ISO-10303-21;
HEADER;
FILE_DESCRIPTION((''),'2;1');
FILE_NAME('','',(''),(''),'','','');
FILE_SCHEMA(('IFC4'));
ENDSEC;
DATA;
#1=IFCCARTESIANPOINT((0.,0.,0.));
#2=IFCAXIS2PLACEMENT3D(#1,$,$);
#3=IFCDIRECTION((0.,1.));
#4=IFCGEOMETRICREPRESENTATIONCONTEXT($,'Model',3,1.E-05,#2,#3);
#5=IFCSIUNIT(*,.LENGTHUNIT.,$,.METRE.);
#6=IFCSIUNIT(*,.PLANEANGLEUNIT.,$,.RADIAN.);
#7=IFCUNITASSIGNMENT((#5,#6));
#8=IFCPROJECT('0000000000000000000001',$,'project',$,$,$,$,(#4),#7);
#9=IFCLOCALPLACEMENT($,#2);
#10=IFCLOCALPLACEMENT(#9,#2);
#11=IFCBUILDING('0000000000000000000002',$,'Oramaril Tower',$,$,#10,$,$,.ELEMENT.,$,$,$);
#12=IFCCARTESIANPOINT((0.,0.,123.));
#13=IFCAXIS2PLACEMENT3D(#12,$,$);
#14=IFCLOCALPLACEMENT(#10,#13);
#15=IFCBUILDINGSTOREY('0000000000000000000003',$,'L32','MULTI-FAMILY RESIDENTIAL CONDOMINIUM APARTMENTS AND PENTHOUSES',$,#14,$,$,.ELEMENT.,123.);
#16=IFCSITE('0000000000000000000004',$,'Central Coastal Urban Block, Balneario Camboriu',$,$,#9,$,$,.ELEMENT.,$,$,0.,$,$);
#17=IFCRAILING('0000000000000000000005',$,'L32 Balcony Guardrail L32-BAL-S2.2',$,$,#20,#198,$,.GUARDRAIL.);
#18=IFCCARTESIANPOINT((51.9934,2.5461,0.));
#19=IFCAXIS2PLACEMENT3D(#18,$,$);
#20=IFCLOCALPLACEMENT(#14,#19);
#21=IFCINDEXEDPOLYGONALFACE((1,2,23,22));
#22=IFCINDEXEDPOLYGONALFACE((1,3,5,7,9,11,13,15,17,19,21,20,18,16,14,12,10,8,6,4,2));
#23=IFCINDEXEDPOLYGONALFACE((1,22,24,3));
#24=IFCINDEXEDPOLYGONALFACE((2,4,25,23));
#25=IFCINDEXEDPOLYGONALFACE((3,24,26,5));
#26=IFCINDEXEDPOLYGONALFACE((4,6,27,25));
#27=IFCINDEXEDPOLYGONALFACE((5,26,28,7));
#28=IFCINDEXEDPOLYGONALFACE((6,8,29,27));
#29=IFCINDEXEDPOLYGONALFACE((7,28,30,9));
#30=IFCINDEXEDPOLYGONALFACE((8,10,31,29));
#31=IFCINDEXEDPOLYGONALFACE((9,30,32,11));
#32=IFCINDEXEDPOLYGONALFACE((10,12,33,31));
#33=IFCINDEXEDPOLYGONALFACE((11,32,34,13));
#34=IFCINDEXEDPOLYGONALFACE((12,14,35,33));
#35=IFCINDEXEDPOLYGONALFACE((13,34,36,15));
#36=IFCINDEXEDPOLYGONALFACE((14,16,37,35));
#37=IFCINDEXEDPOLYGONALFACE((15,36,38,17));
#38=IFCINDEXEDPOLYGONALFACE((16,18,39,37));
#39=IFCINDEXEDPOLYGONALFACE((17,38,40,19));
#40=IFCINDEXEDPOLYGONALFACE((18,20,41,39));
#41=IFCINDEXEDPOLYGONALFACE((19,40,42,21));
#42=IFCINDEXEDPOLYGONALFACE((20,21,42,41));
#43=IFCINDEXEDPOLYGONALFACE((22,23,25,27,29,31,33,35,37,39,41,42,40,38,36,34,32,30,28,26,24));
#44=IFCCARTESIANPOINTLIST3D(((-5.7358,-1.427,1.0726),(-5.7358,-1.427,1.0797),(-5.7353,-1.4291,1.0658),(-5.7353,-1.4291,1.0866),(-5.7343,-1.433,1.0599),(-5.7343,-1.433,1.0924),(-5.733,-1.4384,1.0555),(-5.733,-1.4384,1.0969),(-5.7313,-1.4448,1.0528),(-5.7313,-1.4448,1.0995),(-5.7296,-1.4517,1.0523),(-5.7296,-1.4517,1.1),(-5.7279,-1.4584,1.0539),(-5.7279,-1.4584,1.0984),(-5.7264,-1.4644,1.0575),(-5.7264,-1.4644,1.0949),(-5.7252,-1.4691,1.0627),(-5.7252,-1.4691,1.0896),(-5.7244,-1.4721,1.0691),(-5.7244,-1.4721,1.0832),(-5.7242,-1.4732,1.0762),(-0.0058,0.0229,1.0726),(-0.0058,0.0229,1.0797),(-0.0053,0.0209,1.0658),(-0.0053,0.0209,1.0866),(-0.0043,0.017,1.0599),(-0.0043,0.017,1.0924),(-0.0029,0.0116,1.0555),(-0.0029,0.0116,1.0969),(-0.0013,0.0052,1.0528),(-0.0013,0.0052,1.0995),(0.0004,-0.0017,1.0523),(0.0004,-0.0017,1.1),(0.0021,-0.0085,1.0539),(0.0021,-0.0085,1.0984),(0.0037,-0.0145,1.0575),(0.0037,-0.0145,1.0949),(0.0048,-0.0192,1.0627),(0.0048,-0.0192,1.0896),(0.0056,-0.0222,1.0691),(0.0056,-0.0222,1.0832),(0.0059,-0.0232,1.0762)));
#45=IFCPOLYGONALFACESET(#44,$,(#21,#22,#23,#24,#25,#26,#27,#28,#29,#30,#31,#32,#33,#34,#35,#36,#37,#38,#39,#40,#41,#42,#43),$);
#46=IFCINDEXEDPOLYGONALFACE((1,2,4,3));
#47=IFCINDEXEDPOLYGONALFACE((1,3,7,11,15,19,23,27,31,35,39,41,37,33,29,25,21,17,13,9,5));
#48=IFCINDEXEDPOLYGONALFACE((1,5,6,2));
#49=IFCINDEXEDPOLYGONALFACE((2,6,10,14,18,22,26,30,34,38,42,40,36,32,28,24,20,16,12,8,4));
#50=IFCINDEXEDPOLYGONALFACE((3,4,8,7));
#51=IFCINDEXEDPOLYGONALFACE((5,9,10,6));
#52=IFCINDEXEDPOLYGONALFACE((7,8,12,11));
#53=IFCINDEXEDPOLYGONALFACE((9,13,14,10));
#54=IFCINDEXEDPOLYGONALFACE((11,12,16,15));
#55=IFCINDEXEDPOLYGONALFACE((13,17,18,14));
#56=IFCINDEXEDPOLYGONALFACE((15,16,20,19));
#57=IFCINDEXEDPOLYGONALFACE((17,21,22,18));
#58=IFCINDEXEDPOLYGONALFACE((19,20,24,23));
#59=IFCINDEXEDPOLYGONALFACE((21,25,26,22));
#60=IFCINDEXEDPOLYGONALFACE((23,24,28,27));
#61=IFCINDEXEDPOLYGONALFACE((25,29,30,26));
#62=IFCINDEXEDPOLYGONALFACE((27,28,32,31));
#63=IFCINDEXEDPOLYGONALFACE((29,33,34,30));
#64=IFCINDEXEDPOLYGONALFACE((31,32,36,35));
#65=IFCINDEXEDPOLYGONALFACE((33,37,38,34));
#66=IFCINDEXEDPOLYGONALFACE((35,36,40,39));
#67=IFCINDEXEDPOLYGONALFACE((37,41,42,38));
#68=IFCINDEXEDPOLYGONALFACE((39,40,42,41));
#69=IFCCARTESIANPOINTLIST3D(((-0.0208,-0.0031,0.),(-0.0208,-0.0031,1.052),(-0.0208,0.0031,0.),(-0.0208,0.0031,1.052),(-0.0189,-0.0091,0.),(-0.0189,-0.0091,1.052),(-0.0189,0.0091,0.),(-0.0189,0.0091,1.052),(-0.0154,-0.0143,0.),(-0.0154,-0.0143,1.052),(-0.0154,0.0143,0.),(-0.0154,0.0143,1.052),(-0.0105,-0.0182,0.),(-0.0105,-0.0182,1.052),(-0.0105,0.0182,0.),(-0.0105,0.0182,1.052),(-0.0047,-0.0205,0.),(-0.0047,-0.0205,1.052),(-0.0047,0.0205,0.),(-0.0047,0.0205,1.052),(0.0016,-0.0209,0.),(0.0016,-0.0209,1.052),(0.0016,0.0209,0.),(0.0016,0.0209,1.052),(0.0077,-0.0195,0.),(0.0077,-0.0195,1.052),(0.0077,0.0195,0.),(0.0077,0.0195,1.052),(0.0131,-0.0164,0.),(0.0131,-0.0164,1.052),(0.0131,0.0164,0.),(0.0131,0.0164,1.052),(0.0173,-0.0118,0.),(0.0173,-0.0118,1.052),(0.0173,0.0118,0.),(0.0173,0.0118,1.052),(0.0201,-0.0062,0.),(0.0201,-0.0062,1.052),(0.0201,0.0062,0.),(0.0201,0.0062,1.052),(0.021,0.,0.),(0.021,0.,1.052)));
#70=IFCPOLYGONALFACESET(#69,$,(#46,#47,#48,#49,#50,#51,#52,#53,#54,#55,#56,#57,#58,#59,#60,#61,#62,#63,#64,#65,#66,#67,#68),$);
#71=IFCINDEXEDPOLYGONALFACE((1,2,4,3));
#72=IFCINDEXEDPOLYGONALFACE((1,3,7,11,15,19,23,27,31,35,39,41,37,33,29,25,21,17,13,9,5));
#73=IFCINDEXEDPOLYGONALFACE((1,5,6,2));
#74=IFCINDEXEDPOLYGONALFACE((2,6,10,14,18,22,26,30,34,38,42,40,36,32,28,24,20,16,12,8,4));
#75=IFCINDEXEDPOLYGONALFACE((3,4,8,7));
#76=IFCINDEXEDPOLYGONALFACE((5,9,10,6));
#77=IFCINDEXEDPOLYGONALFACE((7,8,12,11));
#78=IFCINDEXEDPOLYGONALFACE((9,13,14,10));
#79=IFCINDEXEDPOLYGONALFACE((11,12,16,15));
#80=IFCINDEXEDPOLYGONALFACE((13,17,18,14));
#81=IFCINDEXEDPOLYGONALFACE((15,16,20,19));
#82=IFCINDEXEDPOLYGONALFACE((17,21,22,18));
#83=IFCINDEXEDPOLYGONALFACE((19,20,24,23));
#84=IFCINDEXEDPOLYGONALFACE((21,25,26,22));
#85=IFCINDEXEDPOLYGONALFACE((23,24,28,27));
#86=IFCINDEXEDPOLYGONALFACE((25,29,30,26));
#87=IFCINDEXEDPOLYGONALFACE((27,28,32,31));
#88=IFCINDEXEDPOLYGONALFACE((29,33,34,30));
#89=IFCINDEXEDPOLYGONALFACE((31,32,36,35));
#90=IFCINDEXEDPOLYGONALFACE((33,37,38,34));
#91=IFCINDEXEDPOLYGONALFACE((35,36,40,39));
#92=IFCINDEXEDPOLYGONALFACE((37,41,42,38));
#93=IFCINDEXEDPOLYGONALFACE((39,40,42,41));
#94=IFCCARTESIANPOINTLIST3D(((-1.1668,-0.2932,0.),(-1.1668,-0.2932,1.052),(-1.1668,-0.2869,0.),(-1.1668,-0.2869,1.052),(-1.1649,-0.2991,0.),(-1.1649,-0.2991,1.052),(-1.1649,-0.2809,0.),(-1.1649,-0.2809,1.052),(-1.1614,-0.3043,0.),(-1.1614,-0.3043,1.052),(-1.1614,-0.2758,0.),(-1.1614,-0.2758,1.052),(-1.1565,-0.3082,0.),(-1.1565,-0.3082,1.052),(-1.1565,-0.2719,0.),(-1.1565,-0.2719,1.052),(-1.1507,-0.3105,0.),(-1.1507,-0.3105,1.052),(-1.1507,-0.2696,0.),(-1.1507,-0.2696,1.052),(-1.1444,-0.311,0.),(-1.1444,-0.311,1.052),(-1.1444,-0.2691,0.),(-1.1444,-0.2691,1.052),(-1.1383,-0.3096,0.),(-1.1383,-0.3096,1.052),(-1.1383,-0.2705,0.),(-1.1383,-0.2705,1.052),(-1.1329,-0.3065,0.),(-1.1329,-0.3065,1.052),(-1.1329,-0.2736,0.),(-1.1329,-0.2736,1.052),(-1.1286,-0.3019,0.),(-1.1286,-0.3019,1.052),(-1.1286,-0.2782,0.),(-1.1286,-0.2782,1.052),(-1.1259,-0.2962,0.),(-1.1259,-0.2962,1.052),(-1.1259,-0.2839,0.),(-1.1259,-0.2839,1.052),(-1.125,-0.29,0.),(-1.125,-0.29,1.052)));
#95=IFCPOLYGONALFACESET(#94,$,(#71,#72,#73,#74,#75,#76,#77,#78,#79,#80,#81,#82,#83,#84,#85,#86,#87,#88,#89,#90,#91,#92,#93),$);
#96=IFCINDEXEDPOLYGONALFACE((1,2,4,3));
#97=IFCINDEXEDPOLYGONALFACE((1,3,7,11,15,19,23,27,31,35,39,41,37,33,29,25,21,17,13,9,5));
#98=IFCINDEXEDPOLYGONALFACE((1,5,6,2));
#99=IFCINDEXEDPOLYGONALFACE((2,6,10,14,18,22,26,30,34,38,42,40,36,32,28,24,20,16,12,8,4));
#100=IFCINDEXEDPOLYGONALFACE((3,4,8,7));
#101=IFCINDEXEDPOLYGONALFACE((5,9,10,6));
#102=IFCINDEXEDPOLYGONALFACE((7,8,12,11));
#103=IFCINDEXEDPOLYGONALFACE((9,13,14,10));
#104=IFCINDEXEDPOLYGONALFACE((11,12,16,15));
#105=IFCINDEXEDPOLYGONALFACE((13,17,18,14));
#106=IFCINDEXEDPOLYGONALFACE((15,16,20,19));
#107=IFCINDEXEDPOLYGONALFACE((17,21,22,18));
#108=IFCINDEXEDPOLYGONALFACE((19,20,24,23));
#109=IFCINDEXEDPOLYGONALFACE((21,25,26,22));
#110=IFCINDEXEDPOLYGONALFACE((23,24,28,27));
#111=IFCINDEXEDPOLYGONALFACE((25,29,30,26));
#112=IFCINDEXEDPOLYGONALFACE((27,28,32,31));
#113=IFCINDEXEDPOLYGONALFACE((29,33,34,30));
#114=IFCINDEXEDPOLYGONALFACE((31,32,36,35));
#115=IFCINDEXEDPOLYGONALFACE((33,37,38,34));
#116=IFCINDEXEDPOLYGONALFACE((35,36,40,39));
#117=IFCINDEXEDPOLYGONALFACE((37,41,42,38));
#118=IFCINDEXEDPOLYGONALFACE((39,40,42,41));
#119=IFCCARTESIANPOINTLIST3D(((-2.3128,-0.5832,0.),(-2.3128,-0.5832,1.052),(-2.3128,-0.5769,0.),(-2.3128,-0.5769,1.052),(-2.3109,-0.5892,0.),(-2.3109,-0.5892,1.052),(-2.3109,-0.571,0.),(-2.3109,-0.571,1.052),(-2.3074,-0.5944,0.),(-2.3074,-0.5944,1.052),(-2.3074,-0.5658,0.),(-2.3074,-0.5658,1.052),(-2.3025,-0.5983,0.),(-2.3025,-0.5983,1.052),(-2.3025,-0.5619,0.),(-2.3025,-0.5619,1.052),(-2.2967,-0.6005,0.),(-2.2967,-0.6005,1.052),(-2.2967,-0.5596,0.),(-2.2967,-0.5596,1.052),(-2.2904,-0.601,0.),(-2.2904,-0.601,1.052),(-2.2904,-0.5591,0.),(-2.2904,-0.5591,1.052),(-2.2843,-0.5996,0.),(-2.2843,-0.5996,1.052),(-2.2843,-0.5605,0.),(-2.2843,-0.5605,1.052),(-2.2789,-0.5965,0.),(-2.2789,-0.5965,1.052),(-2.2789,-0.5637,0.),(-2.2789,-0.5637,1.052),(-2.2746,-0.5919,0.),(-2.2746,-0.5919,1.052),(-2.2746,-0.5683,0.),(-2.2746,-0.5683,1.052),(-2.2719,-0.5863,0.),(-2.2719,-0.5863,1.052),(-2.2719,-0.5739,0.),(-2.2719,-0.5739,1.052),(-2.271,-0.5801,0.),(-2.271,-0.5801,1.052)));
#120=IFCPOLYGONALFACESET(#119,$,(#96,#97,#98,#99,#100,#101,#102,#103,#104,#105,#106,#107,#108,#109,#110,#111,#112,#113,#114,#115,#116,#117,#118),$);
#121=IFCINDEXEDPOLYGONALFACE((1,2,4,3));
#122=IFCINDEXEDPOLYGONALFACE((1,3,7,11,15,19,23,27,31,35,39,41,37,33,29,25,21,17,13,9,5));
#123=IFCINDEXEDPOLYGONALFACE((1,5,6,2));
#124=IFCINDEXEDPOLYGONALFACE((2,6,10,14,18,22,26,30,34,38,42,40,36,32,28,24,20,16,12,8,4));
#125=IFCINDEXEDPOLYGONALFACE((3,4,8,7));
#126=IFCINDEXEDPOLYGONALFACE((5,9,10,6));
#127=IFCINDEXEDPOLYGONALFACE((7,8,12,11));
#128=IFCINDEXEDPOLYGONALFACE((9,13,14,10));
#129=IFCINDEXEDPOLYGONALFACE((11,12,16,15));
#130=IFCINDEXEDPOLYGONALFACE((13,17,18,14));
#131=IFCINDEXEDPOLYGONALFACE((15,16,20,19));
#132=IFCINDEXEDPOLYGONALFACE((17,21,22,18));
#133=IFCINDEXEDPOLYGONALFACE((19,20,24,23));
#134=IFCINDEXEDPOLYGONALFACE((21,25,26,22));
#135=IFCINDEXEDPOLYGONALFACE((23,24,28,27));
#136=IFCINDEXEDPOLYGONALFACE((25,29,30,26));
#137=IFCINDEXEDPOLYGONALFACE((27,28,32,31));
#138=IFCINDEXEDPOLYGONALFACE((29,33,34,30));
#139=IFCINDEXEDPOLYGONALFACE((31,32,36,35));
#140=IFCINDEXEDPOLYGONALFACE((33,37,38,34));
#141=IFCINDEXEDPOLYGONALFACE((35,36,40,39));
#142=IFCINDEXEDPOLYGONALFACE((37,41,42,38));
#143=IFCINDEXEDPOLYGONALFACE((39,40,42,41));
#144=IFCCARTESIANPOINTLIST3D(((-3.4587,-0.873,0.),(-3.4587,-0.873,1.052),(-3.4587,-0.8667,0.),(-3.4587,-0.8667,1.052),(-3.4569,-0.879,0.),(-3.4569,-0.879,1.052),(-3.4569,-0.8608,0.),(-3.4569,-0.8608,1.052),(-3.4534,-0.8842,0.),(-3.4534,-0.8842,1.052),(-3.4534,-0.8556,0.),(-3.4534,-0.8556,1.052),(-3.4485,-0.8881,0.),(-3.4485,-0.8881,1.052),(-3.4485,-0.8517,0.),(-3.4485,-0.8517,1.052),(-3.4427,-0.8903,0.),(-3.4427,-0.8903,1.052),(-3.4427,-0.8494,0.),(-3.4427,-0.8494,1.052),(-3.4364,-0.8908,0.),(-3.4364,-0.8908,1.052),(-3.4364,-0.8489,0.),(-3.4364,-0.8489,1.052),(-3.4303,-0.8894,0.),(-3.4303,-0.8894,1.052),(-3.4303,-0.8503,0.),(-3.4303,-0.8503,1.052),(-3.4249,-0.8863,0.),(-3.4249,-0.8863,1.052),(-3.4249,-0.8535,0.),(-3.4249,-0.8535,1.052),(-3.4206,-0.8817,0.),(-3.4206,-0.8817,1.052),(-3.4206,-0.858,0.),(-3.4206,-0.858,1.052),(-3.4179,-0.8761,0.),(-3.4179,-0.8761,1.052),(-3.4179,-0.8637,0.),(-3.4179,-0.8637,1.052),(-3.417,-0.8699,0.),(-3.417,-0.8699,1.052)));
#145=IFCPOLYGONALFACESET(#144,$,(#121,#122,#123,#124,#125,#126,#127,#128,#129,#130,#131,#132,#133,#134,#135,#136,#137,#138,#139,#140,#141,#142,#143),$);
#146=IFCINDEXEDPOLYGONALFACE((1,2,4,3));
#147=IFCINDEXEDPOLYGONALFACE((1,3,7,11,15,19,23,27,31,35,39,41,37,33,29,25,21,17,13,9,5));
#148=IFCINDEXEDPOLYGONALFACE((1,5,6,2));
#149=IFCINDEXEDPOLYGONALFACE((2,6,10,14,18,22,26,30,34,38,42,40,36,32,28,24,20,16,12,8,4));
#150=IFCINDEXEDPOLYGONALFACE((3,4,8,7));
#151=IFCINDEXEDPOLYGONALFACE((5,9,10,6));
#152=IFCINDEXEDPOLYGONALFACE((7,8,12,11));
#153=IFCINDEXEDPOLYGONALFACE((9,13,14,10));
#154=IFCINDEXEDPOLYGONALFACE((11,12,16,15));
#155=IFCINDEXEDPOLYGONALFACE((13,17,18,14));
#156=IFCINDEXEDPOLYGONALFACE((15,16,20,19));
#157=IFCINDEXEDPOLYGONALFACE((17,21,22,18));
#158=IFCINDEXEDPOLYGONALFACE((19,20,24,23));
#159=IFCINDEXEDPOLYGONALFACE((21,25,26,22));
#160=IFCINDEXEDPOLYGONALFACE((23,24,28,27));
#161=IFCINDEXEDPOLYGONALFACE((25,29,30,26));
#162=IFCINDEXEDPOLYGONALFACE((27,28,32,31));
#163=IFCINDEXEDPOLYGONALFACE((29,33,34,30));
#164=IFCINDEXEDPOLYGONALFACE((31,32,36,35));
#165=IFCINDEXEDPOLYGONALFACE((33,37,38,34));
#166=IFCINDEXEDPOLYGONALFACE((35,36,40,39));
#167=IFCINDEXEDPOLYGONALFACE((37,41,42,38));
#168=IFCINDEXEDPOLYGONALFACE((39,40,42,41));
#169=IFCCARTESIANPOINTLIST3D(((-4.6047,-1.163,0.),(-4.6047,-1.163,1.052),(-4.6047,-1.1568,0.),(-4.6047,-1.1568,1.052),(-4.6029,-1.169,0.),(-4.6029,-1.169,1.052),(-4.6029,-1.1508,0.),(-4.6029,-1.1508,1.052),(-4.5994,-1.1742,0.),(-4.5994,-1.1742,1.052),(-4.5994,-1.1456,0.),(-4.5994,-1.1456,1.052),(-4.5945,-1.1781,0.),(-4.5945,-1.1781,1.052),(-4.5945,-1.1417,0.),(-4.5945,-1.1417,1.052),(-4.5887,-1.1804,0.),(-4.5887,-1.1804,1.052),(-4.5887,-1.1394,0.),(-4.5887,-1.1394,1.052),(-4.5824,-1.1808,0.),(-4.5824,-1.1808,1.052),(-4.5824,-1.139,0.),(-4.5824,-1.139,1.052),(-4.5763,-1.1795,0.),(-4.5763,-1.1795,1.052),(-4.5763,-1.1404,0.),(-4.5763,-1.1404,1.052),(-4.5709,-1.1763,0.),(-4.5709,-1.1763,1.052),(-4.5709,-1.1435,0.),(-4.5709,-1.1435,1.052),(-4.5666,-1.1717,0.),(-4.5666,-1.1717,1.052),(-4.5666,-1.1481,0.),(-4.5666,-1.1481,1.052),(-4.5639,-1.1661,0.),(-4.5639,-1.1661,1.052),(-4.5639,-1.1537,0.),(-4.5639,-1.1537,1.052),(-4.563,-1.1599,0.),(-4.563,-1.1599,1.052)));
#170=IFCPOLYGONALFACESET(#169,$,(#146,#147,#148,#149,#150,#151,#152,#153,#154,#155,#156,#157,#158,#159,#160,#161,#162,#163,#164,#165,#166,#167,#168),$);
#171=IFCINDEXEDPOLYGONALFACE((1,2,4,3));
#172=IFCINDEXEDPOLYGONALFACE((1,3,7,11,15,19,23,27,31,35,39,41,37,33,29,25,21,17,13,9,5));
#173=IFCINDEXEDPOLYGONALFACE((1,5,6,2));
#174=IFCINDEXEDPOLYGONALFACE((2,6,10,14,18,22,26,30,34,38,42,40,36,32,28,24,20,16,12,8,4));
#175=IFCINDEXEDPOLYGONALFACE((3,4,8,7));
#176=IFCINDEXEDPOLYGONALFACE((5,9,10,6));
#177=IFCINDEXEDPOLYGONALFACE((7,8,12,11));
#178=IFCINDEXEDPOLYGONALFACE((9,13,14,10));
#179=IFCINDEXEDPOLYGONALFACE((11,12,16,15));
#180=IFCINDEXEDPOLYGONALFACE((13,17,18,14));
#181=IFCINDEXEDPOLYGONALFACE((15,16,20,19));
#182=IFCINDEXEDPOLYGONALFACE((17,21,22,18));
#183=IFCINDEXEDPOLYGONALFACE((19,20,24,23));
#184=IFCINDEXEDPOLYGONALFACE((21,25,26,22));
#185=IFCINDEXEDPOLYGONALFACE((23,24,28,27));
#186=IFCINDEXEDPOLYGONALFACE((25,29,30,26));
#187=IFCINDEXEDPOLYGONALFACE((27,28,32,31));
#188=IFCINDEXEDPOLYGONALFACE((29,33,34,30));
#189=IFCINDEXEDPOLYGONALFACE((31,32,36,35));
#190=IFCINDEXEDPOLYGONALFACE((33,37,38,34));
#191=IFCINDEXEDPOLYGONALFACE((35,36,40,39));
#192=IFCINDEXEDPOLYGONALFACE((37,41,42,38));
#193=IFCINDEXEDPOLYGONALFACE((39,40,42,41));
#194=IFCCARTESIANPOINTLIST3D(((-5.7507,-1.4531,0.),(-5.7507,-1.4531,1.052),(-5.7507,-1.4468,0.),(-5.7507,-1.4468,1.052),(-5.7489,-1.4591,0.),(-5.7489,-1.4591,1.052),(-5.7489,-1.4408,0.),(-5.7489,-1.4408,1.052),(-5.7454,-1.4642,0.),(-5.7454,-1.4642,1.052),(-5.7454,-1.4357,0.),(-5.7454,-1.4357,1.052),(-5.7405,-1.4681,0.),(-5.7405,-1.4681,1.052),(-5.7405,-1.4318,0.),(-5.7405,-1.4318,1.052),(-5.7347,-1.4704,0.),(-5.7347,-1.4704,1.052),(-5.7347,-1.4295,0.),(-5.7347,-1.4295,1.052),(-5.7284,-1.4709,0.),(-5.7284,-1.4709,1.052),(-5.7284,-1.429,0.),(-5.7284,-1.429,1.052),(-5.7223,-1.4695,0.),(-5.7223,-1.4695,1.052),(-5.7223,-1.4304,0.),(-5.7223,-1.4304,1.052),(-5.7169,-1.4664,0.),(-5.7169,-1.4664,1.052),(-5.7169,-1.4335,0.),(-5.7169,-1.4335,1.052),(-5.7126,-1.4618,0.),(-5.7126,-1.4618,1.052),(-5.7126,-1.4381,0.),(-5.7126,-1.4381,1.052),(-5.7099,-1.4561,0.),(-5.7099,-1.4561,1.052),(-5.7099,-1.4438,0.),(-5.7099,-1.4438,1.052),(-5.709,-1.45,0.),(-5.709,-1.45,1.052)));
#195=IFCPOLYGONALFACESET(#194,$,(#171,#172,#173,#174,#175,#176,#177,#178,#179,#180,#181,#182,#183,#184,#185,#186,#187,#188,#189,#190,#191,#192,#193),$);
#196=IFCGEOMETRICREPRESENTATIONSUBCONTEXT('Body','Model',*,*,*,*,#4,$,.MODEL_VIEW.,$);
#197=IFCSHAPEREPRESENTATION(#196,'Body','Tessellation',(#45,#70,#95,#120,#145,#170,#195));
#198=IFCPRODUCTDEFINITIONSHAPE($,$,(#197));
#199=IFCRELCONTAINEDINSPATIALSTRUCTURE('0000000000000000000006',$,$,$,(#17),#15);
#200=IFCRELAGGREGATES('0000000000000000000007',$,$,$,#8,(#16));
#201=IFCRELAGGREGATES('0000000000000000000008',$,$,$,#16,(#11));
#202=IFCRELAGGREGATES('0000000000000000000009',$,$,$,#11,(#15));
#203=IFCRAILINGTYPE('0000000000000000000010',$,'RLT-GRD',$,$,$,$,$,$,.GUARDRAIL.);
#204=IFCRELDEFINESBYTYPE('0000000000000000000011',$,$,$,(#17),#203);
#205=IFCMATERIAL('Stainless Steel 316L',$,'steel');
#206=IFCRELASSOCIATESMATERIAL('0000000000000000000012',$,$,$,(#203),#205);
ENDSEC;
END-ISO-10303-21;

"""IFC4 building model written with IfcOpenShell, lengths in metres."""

from ifc_helpers import new_model, si_unit, direction, frame, origin, origin_2d, place, context, subcontext, project, spatial, circle, extrude, material, type_object, element, save


model = new_model("IFC4")

# Units and contexts
model_context = context("Model", 3, precision=1e-05, world=origin(), true_north=direction((0.0, 1.0)))
body_context = subcontext(model_context, "Body", "Model", "MODEL_VIEW")
ifc_project = project(units=[si_unit("LENGTHUNIT", "METRE"), si_unit("PLANEANGLEUNIT", "RADIAN")], contexts=[model_context])

# Site, building, storey
site_placement = place(None, origin())
site = spatial("IfcSite", under=ifc_project, at=site_placement, Name="Central Coastal Urban Block, Balneario Camboriu", CompositionType="ELEMENT", RefElevation=0.0)
building_placement = place(site_placement, origin())
building = spatial("IfcBuilding", under=site, at=building_placement, Name="Oramaril Tower", CompositionType="ELEMENT")
storey_placement = place(building_placement, frame((0.0, 0.0, 123.0)))
storey = spatial("IfcBuildingStorey", under=building, at=storey_placement, Name="L32", Description="MULTI-FAMILY RESIDENTIAL CONDOMINIUM APARTMENTS AND PENTHOUSES", CompositionType="ELEMENT", Elevation=123.0)

# Railing
ifc_material_1 = material(Name="Stainless Steel 316L", Category="steel")
railing_type = type_object("IfcRailingType", Name="RLT-GRD", PredefinedType="GUARDRAIL", material=ifc_material_1)
railing_1_placement = place(storey_placement, frame((51.9934, 2.5461, 0.0)))
element("IfcRailing", 1, at=railing_1_placement, inside=storey, type_object=railing_type, Name="L32 Balcony Guardrail L32-BAL-S2.2", PredefinedType="GUARDRAIL", context=body_context, shape_type="SweptSolid", body=[
    extrude(circle(Radius=0.0239, at=origin_2d()), frame((0.0, 0.0, 1.0762), z_axis=(-0.969444, -0.245314, 0.0), x_axis=(0.245314, -0.969444, 0.0)), (0.0, 0.0, 1.0), 5.9106),
    extrude(circle(Radius=0.021, at=origin_2d()), origin(), (0.0, 0.0, 1.0), 1.052),
    extrude(circle(Radius=0.021, at=origin_2d()), frame((-1.146, -0.29, 0.0)), (0.0, 0.0, 1.0), 1.052),
    extrude(circle(Radius=0.021, at=origin_2d()), frame((-2.292, -0.5801, 0.0)), (0.0, 0.0, 1.0), 1.052),
    extrude(circle(Radius=0.021, at=origin_2d()), frame((-3.438, -0.8699, 0.0)), (0.0, 0.0, 1.0), 1.052),
    extrude(circle(Radius=0.021, at=origin_2d()), frame((-4.584, -1.1599, 0.0)), (0.0, 0.0, 1.0), 1.052),
    extrude(circle(Radius=0.021, at=origin_2d()), frame((-5.73, -1.45, 0.0)), (0.0, 0.0, 1.0), 1.052),
])

save(model, "model.ifc")
